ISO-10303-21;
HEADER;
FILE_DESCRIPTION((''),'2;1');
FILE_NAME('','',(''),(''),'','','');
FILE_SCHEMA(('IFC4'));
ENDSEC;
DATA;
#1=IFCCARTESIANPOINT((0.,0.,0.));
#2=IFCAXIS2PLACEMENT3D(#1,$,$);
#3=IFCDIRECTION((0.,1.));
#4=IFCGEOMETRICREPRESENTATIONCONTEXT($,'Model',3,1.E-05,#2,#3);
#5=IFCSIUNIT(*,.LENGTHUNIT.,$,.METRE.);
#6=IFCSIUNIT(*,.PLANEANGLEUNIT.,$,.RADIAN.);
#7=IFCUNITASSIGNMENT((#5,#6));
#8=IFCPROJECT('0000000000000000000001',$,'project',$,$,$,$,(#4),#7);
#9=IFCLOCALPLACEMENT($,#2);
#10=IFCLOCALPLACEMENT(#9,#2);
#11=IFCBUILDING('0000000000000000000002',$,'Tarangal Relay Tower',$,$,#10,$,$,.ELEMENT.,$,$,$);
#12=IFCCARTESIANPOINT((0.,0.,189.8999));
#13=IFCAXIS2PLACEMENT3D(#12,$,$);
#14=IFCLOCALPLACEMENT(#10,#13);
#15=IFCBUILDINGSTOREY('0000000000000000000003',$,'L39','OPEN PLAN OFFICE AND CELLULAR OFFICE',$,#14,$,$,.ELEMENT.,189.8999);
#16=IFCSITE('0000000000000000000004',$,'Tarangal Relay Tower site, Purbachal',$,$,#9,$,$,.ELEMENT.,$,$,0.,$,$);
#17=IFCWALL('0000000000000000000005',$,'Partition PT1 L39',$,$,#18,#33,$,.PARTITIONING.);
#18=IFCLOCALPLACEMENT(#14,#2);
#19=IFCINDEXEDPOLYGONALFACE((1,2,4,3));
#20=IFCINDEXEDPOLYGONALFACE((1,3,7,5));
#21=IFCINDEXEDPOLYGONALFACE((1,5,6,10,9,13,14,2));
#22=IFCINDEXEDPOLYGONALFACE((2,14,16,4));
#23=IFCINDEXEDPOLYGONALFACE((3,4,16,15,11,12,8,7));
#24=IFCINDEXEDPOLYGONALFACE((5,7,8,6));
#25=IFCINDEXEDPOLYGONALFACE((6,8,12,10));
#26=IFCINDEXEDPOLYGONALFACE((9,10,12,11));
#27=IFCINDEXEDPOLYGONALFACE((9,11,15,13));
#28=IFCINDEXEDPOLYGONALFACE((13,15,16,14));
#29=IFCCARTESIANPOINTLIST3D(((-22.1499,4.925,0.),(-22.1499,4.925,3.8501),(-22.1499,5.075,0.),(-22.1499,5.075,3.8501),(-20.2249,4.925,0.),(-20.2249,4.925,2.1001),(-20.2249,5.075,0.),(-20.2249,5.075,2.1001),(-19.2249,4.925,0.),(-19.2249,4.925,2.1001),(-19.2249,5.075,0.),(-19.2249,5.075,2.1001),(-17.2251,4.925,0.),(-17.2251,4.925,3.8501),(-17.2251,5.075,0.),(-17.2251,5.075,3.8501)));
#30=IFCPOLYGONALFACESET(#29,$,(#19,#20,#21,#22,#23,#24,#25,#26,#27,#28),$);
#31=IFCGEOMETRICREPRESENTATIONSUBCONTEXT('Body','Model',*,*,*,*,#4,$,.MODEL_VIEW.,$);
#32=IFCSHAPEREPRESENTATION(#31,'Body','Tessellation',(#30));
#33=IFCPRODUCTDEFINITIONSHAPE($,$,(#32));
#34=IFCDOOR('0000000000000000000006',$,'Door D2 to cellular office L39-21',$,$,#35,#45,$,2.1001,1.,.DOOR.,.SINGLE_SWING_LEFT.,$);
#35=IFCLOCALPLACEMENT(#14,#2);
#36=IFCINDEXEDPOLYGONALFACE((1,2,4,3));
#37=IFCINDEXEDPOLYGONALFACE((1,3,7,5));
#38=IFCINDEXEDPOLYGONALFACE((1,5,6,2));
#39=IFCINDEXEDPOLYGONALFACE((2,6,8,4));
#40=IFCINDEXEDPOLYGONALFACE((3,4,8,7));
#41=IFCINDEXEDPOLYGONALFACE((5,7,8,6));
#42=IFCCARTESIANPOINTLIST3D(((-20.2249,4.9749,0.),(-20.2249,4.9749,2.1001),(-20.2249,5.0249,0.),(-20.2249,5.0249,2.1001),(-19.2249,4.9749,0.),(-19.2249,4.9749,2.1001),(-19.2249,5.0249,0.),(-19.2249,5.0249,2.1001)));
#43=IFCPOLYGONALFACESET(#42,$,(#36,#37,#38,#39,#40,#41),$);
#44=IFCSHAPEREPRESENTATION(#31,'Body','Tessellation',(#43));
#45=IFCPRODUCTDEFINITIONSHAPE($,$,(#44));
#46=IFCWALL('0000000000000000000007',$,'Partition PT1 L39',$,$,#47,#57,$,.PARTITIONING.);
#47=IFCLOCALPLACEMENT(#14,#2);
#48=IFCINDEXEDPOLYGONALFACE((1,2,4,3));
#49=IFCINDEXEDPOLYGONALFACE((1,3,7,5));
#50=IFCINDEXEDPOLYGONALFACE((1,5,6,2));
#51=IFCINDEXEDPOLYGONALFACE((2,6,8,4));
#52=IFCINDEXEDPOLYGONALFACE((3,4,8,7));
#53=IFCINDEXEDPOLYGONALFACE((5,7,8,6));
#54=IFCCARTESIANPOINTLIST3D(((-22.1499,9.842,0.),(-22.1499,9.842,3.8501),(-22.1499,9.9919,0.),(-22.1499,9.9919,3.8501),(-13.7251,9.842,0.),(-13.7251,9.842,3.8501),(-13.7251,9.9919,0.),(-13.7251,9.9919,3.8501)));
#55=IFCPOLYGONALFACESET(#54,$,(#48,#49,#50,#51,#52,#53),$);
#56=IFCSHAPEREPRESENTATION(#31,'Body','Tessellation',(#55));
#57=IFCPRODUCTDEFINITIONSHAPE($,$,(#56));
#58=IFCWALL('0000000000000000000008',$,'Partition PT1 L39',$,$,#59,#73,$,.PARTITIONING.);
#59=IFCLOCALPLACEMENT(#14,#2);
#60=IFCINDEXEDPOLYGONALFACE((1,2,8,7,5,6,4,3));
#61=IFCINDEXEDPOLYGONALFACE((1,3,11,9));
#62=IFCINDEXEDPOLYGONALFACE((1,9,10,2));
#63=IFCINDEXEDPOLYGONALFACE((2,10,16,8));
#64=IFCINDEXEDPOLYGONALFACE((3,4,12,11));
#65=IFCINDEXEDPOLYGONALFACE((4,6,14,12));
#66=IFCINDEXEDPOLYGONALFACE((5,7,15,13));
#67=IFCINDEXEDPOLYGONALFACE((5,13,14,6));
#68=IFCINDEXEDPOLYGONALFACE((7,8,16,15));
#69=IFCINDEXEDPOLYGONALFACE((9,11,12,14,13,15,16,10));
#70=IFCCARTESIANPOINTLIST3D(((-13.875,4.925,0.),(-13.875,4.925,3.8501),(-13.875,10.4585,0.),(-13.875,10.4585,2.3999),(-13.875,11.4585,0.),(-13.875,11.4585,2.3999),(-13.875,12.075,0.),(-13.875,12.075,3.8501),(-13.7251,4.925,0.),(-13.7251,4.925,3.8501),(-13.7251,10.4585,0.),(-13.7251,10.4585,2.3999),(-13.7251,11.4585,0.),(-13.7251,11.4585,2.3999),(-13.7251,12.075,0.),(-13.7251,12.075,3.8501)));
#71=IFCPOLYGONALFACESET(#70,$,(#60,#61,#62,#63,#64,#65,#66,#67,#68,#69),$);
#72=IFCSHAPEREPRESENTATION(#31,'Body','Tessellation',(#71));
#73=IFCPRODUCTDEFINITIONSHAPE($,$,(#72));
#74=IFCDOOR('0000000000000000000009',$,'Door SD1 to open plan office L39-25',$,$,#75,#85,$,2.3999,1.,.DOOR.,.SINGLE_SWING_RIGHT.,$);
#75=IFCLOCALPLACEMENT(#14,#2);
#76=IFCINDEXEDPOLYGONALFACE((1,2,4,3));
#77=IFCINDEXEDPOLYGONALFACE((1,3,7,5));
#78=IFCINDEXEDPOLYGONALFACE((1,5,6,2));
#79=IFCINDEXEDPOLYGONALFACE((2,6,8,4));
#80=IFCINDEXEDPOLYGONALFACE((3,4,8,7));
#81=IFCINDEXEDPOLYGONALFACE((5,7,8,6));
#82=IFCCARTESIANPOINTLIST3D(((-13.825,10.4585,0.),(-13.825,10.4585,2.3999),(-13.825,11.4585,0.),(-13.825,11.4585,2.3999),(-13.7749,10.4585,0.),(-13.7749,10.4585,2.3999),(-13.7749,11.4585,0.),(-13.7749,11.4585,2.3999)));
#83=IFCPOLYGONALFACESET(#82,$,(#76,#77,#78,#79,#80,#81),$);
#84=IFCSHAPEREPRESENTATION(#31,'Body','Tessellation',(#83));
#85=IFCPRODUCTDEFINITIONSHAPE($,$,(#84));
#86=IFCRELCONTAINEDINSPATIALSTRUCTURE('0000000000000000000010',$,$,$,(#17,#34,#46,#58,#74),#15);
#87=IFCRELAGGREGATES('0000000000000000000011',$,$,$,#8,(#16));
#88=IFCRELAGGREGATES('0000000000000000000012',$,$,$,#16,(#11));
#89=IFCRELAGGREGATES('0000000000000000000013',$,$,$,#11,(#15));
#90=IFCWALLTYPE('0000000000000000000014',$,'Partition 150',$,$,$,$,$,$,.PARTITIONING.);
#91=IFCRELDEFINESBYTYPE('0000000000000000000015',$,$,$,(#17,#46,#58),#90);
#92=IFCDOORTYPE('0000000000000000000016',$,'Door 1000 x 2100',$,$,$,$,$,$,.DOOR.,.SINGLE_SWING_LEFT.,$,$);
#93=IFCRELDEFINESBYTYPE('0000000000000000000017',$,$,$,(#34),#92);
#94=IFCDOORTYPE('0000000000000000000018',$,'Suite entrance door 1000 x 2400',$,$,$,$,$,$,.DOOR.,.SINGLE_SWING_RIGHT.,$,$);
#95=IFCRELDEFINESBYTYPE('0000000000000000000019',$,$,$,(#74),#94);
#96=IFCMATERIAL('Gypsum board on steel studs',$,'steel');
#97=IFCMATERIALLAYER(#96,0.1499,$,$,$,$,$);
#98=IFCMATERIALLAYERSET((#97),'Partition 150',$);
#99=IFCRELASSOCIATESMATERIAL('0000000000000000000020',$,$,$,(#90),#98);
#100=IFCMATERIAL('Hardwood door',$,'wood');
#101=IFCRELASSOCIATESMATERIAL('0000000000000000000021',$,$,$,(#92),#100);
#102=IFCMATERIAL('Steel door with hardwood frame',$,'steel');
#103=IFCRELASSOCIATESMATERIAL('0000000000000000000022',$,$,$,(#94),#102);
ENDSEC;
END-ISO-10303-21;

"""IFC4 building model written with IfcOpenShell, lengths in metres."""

from ifc_helpers import new_model, si_unit, direction, frame, frame_2d, origin, place, context, subcontext, project, spatial, rectangle, extrude, material, layer, layer_set, type_object, element, fill, save


model = new_model("IFC4")

# Units and contexts
model_context = context("Model", 3, precision=1e-05, world=origin(), true_north=direction((0.0, 1.0)))
body_context = subcontext(model_context, "Body", "Model", "MODEL_VIEW")
ifc_project = project(units=[si_unit("LENGTHUNIT", "METRE"), si_unit("PLANEANGLEUNIT", "RADIAN")], contexts=[model_context])

# Site, building, storey
site_placement = place(None, origin())
site = spatial("IfcSite", under=ifc_project, at=site_placement, Name="Tarangal Relay Tower site, Purbachal", CompositionType="ELEMENT", RefElevation=0.0)
building_placement = place(site_placement, origin())
building = spatial("IfcBuilding", under=site, at=building_placement, Name="Tarangal Relay Tower", CompositionType="ELEMENT")
storey_placement = place(building_placement, frame((0.0, 0.0, 189.8999)))
storey = spatial("IfcBuildingStorey", under=building, at=storey_placement, Name="L39", Description="OPEN PLAN OFFICE AND CELLULAR OFFICE", CompositionType="ELEMENT", Elevation=189.8999)

# Wall, opening, door
ifc_material_1 = material(Name="Gypsum board on steel studs", Category="steel")
ifc_layer_1 = layer(ifc_material_1, 0.1499)
ifc_layer_set_1 = layer_set([ifc_layer_1], Name="Partition 150")
wall_type_1 = type_object("IfcWallType", Name="Partition 150", PredefinedType="PARTITIONING", material=ifc_layer_set_1)
wall_1_placement = place(storey_placement, frame((-22.1499, 5.0, 0.0), z_axis=(0.0, 0.0, 1.0), x_axis=(1.0, 0.0, 0.0)))
wall_1 = element("IfcWall", 1, at=wall_1_placement, inside=storey, type_object=wall_type_1, Name="Partition PT1 L39", PredefinedType="PARTITIONING", context=body_context, shape_type="SweptSolid", body=[
    extrude(rectangle(XDim=4.9248, YDim=0.1499, at=frame_2d((2.4624, 0.0))), origin(), (0.0, 0.0, 1.0), 3.8501),
])
opening_1_placement = place(wall_1_placement, frame((1.925, 0.0, 0.0)))
opening_1 = element("IfcOpeningElement", 2, at=opening_1_placement, cuts=wall_1, PredefinedType="OPENING", context=body_context, shape_type="SweptSolid", body=[
    extrude(rectangle(XDim=1.0, YDim=2.1001, at=frame_2d((0.5, 1.05))), frame((0.0, 0.085, 0.0), z_axis=(0.0, -1.0, 0.0), x_axis=(1.0, 0.0, 0.0)), (0.0, 0.0, 1.0), 0.1699),
])
ifc_material_2 = material(Name="Hardwood door", Category="wood")
door_type_1 = type_object("IfcDoorType", Name="Door 1000 x 2100", OperationType="SINGLE_SWING_LEFT", PredefinedType="DOOR", material=ifc_material_2)
door_1_placement = place(opening_1_placement, origin())
door_1 = element("IfcDoor", 3, at=door_1_placement, inside=storey, type_object=door_type_1, Name="Door D2 to cellular office L39-21", OperationType="SINGLE_SWING_LEFT", OverallHeight=2.1001, OverallWidth=1.0, PredefinedType="DOOR", context=body_context, shape_type="SweptSolid", body=[
    extrude(rectangle(XDim=1.0, YDim=2.1001, at=frame_2d((0.5, 1.05))), frame((0.0, 0.0249, 0.0), z_axis=(0.0, -1.0, 0.0), x_axis=(1.0, 0.0, 0.0)), (0.0, 0.0, 1.0), 0.05),
])
fill(opening_1, door_1)

# Wall
wall_2_placement = place(storey_placement, frame((-22.1499, 9.917, 0.0), z_axis=(0.0, 0.0, 1.0), x_axis=(1.0, 0.0, 0.0)))
element("IfcWall", 4, at=wall_2_placement, inside=storey, type_object=wall_type_1, Name="Partition PT1 L39", PredefinedType="PARTITIONING", context=body_context, shape_type="SweptSolid", body=[
    extrude(rectangle(XDim=8.4248, YDim=0.1499, at=frame_2d((4.2124, 0.0))), origin(), (0.0, 0.0, 1.0), 3.8501),
])

# Wall, opening, door
wall_3_placement = place(storey_placement, frame((-13.8, 4.925, 0.0), z_axis=(0.0, 0.0, 1.0), x_axis=(0.0, 1.0, 0.0)))
wall_3 = element("IfcWall", 5, at=wall_3_placement, inside=storey, type_object=wall_type_1, Name="Partition PT1 L39", PredefinedType="PARTITIONING", context=body_context, shape_type="SweptSolid", body=[
    extrude(rectangle(XDim=7.1499, YDim=0.1499, at=frame_2d((3.575, 0.0))), origin(), (0.0, 0.0, 1.0), 3.8501),
])
opening_2_placement = place(wall_3_placement, frame((5.5334, 0.0, 0.0)))
opening_2 = element("IfcOpeningElement", 6, at=opening_2_placement, cuts=wall_3, PredefinedType="OPENING", context=body_context, shape_type="SweptSolid", body=[
    extrude(rectangle(XDim=1.0, YDim=2.3999, at=frame_2d((0.5, 1.2))), frame((0.0, 0.085, 0.0), z_axis=(0.0, -1.0, 0.0), x_axis=(1.0, 0.0, 0.0)), (0.0, 0.0, 1.0), 0.1699),
])
ifc_material_3 = material(Name="Steel door with hardwood frame", Category="steel")
door_type_2 = type_object("IfcDoorType", Name="Suite entrance door 1000 x 2400", OperationType="SINGLE_SWING_RIGHT", PredefinedType="DOOR", material=ifc_material_3)
door_2_placement = place(opening_2_placement, origin())
door_2 = element("IfcDoor", 7, at=door_2_placement, inside=storey, type_object=door_type_2, Name="Door SD1 to open plan office L39-25", OperationType="SINGLE_SWING_RIGHT", OverallHeight=2.3999, OverallWidth=1.0, PredefinedType="DOOR", context=body_context, shape_type="SweptSolid", body=[
    extrude(rectangle(XDim=1.0, YDim=2.3999, at=frame_2d((0.5, 1.2))), frame((0.0, 0.0249, 0.0), z_axis=(0.0, -1.0, 0.0), x_axis=(1.0, 0.0, 0.0)), (0.0, 0.0, 1.0), 0.05),
])
fill(opening_2, door_2)

save(model, "model.ifc")
